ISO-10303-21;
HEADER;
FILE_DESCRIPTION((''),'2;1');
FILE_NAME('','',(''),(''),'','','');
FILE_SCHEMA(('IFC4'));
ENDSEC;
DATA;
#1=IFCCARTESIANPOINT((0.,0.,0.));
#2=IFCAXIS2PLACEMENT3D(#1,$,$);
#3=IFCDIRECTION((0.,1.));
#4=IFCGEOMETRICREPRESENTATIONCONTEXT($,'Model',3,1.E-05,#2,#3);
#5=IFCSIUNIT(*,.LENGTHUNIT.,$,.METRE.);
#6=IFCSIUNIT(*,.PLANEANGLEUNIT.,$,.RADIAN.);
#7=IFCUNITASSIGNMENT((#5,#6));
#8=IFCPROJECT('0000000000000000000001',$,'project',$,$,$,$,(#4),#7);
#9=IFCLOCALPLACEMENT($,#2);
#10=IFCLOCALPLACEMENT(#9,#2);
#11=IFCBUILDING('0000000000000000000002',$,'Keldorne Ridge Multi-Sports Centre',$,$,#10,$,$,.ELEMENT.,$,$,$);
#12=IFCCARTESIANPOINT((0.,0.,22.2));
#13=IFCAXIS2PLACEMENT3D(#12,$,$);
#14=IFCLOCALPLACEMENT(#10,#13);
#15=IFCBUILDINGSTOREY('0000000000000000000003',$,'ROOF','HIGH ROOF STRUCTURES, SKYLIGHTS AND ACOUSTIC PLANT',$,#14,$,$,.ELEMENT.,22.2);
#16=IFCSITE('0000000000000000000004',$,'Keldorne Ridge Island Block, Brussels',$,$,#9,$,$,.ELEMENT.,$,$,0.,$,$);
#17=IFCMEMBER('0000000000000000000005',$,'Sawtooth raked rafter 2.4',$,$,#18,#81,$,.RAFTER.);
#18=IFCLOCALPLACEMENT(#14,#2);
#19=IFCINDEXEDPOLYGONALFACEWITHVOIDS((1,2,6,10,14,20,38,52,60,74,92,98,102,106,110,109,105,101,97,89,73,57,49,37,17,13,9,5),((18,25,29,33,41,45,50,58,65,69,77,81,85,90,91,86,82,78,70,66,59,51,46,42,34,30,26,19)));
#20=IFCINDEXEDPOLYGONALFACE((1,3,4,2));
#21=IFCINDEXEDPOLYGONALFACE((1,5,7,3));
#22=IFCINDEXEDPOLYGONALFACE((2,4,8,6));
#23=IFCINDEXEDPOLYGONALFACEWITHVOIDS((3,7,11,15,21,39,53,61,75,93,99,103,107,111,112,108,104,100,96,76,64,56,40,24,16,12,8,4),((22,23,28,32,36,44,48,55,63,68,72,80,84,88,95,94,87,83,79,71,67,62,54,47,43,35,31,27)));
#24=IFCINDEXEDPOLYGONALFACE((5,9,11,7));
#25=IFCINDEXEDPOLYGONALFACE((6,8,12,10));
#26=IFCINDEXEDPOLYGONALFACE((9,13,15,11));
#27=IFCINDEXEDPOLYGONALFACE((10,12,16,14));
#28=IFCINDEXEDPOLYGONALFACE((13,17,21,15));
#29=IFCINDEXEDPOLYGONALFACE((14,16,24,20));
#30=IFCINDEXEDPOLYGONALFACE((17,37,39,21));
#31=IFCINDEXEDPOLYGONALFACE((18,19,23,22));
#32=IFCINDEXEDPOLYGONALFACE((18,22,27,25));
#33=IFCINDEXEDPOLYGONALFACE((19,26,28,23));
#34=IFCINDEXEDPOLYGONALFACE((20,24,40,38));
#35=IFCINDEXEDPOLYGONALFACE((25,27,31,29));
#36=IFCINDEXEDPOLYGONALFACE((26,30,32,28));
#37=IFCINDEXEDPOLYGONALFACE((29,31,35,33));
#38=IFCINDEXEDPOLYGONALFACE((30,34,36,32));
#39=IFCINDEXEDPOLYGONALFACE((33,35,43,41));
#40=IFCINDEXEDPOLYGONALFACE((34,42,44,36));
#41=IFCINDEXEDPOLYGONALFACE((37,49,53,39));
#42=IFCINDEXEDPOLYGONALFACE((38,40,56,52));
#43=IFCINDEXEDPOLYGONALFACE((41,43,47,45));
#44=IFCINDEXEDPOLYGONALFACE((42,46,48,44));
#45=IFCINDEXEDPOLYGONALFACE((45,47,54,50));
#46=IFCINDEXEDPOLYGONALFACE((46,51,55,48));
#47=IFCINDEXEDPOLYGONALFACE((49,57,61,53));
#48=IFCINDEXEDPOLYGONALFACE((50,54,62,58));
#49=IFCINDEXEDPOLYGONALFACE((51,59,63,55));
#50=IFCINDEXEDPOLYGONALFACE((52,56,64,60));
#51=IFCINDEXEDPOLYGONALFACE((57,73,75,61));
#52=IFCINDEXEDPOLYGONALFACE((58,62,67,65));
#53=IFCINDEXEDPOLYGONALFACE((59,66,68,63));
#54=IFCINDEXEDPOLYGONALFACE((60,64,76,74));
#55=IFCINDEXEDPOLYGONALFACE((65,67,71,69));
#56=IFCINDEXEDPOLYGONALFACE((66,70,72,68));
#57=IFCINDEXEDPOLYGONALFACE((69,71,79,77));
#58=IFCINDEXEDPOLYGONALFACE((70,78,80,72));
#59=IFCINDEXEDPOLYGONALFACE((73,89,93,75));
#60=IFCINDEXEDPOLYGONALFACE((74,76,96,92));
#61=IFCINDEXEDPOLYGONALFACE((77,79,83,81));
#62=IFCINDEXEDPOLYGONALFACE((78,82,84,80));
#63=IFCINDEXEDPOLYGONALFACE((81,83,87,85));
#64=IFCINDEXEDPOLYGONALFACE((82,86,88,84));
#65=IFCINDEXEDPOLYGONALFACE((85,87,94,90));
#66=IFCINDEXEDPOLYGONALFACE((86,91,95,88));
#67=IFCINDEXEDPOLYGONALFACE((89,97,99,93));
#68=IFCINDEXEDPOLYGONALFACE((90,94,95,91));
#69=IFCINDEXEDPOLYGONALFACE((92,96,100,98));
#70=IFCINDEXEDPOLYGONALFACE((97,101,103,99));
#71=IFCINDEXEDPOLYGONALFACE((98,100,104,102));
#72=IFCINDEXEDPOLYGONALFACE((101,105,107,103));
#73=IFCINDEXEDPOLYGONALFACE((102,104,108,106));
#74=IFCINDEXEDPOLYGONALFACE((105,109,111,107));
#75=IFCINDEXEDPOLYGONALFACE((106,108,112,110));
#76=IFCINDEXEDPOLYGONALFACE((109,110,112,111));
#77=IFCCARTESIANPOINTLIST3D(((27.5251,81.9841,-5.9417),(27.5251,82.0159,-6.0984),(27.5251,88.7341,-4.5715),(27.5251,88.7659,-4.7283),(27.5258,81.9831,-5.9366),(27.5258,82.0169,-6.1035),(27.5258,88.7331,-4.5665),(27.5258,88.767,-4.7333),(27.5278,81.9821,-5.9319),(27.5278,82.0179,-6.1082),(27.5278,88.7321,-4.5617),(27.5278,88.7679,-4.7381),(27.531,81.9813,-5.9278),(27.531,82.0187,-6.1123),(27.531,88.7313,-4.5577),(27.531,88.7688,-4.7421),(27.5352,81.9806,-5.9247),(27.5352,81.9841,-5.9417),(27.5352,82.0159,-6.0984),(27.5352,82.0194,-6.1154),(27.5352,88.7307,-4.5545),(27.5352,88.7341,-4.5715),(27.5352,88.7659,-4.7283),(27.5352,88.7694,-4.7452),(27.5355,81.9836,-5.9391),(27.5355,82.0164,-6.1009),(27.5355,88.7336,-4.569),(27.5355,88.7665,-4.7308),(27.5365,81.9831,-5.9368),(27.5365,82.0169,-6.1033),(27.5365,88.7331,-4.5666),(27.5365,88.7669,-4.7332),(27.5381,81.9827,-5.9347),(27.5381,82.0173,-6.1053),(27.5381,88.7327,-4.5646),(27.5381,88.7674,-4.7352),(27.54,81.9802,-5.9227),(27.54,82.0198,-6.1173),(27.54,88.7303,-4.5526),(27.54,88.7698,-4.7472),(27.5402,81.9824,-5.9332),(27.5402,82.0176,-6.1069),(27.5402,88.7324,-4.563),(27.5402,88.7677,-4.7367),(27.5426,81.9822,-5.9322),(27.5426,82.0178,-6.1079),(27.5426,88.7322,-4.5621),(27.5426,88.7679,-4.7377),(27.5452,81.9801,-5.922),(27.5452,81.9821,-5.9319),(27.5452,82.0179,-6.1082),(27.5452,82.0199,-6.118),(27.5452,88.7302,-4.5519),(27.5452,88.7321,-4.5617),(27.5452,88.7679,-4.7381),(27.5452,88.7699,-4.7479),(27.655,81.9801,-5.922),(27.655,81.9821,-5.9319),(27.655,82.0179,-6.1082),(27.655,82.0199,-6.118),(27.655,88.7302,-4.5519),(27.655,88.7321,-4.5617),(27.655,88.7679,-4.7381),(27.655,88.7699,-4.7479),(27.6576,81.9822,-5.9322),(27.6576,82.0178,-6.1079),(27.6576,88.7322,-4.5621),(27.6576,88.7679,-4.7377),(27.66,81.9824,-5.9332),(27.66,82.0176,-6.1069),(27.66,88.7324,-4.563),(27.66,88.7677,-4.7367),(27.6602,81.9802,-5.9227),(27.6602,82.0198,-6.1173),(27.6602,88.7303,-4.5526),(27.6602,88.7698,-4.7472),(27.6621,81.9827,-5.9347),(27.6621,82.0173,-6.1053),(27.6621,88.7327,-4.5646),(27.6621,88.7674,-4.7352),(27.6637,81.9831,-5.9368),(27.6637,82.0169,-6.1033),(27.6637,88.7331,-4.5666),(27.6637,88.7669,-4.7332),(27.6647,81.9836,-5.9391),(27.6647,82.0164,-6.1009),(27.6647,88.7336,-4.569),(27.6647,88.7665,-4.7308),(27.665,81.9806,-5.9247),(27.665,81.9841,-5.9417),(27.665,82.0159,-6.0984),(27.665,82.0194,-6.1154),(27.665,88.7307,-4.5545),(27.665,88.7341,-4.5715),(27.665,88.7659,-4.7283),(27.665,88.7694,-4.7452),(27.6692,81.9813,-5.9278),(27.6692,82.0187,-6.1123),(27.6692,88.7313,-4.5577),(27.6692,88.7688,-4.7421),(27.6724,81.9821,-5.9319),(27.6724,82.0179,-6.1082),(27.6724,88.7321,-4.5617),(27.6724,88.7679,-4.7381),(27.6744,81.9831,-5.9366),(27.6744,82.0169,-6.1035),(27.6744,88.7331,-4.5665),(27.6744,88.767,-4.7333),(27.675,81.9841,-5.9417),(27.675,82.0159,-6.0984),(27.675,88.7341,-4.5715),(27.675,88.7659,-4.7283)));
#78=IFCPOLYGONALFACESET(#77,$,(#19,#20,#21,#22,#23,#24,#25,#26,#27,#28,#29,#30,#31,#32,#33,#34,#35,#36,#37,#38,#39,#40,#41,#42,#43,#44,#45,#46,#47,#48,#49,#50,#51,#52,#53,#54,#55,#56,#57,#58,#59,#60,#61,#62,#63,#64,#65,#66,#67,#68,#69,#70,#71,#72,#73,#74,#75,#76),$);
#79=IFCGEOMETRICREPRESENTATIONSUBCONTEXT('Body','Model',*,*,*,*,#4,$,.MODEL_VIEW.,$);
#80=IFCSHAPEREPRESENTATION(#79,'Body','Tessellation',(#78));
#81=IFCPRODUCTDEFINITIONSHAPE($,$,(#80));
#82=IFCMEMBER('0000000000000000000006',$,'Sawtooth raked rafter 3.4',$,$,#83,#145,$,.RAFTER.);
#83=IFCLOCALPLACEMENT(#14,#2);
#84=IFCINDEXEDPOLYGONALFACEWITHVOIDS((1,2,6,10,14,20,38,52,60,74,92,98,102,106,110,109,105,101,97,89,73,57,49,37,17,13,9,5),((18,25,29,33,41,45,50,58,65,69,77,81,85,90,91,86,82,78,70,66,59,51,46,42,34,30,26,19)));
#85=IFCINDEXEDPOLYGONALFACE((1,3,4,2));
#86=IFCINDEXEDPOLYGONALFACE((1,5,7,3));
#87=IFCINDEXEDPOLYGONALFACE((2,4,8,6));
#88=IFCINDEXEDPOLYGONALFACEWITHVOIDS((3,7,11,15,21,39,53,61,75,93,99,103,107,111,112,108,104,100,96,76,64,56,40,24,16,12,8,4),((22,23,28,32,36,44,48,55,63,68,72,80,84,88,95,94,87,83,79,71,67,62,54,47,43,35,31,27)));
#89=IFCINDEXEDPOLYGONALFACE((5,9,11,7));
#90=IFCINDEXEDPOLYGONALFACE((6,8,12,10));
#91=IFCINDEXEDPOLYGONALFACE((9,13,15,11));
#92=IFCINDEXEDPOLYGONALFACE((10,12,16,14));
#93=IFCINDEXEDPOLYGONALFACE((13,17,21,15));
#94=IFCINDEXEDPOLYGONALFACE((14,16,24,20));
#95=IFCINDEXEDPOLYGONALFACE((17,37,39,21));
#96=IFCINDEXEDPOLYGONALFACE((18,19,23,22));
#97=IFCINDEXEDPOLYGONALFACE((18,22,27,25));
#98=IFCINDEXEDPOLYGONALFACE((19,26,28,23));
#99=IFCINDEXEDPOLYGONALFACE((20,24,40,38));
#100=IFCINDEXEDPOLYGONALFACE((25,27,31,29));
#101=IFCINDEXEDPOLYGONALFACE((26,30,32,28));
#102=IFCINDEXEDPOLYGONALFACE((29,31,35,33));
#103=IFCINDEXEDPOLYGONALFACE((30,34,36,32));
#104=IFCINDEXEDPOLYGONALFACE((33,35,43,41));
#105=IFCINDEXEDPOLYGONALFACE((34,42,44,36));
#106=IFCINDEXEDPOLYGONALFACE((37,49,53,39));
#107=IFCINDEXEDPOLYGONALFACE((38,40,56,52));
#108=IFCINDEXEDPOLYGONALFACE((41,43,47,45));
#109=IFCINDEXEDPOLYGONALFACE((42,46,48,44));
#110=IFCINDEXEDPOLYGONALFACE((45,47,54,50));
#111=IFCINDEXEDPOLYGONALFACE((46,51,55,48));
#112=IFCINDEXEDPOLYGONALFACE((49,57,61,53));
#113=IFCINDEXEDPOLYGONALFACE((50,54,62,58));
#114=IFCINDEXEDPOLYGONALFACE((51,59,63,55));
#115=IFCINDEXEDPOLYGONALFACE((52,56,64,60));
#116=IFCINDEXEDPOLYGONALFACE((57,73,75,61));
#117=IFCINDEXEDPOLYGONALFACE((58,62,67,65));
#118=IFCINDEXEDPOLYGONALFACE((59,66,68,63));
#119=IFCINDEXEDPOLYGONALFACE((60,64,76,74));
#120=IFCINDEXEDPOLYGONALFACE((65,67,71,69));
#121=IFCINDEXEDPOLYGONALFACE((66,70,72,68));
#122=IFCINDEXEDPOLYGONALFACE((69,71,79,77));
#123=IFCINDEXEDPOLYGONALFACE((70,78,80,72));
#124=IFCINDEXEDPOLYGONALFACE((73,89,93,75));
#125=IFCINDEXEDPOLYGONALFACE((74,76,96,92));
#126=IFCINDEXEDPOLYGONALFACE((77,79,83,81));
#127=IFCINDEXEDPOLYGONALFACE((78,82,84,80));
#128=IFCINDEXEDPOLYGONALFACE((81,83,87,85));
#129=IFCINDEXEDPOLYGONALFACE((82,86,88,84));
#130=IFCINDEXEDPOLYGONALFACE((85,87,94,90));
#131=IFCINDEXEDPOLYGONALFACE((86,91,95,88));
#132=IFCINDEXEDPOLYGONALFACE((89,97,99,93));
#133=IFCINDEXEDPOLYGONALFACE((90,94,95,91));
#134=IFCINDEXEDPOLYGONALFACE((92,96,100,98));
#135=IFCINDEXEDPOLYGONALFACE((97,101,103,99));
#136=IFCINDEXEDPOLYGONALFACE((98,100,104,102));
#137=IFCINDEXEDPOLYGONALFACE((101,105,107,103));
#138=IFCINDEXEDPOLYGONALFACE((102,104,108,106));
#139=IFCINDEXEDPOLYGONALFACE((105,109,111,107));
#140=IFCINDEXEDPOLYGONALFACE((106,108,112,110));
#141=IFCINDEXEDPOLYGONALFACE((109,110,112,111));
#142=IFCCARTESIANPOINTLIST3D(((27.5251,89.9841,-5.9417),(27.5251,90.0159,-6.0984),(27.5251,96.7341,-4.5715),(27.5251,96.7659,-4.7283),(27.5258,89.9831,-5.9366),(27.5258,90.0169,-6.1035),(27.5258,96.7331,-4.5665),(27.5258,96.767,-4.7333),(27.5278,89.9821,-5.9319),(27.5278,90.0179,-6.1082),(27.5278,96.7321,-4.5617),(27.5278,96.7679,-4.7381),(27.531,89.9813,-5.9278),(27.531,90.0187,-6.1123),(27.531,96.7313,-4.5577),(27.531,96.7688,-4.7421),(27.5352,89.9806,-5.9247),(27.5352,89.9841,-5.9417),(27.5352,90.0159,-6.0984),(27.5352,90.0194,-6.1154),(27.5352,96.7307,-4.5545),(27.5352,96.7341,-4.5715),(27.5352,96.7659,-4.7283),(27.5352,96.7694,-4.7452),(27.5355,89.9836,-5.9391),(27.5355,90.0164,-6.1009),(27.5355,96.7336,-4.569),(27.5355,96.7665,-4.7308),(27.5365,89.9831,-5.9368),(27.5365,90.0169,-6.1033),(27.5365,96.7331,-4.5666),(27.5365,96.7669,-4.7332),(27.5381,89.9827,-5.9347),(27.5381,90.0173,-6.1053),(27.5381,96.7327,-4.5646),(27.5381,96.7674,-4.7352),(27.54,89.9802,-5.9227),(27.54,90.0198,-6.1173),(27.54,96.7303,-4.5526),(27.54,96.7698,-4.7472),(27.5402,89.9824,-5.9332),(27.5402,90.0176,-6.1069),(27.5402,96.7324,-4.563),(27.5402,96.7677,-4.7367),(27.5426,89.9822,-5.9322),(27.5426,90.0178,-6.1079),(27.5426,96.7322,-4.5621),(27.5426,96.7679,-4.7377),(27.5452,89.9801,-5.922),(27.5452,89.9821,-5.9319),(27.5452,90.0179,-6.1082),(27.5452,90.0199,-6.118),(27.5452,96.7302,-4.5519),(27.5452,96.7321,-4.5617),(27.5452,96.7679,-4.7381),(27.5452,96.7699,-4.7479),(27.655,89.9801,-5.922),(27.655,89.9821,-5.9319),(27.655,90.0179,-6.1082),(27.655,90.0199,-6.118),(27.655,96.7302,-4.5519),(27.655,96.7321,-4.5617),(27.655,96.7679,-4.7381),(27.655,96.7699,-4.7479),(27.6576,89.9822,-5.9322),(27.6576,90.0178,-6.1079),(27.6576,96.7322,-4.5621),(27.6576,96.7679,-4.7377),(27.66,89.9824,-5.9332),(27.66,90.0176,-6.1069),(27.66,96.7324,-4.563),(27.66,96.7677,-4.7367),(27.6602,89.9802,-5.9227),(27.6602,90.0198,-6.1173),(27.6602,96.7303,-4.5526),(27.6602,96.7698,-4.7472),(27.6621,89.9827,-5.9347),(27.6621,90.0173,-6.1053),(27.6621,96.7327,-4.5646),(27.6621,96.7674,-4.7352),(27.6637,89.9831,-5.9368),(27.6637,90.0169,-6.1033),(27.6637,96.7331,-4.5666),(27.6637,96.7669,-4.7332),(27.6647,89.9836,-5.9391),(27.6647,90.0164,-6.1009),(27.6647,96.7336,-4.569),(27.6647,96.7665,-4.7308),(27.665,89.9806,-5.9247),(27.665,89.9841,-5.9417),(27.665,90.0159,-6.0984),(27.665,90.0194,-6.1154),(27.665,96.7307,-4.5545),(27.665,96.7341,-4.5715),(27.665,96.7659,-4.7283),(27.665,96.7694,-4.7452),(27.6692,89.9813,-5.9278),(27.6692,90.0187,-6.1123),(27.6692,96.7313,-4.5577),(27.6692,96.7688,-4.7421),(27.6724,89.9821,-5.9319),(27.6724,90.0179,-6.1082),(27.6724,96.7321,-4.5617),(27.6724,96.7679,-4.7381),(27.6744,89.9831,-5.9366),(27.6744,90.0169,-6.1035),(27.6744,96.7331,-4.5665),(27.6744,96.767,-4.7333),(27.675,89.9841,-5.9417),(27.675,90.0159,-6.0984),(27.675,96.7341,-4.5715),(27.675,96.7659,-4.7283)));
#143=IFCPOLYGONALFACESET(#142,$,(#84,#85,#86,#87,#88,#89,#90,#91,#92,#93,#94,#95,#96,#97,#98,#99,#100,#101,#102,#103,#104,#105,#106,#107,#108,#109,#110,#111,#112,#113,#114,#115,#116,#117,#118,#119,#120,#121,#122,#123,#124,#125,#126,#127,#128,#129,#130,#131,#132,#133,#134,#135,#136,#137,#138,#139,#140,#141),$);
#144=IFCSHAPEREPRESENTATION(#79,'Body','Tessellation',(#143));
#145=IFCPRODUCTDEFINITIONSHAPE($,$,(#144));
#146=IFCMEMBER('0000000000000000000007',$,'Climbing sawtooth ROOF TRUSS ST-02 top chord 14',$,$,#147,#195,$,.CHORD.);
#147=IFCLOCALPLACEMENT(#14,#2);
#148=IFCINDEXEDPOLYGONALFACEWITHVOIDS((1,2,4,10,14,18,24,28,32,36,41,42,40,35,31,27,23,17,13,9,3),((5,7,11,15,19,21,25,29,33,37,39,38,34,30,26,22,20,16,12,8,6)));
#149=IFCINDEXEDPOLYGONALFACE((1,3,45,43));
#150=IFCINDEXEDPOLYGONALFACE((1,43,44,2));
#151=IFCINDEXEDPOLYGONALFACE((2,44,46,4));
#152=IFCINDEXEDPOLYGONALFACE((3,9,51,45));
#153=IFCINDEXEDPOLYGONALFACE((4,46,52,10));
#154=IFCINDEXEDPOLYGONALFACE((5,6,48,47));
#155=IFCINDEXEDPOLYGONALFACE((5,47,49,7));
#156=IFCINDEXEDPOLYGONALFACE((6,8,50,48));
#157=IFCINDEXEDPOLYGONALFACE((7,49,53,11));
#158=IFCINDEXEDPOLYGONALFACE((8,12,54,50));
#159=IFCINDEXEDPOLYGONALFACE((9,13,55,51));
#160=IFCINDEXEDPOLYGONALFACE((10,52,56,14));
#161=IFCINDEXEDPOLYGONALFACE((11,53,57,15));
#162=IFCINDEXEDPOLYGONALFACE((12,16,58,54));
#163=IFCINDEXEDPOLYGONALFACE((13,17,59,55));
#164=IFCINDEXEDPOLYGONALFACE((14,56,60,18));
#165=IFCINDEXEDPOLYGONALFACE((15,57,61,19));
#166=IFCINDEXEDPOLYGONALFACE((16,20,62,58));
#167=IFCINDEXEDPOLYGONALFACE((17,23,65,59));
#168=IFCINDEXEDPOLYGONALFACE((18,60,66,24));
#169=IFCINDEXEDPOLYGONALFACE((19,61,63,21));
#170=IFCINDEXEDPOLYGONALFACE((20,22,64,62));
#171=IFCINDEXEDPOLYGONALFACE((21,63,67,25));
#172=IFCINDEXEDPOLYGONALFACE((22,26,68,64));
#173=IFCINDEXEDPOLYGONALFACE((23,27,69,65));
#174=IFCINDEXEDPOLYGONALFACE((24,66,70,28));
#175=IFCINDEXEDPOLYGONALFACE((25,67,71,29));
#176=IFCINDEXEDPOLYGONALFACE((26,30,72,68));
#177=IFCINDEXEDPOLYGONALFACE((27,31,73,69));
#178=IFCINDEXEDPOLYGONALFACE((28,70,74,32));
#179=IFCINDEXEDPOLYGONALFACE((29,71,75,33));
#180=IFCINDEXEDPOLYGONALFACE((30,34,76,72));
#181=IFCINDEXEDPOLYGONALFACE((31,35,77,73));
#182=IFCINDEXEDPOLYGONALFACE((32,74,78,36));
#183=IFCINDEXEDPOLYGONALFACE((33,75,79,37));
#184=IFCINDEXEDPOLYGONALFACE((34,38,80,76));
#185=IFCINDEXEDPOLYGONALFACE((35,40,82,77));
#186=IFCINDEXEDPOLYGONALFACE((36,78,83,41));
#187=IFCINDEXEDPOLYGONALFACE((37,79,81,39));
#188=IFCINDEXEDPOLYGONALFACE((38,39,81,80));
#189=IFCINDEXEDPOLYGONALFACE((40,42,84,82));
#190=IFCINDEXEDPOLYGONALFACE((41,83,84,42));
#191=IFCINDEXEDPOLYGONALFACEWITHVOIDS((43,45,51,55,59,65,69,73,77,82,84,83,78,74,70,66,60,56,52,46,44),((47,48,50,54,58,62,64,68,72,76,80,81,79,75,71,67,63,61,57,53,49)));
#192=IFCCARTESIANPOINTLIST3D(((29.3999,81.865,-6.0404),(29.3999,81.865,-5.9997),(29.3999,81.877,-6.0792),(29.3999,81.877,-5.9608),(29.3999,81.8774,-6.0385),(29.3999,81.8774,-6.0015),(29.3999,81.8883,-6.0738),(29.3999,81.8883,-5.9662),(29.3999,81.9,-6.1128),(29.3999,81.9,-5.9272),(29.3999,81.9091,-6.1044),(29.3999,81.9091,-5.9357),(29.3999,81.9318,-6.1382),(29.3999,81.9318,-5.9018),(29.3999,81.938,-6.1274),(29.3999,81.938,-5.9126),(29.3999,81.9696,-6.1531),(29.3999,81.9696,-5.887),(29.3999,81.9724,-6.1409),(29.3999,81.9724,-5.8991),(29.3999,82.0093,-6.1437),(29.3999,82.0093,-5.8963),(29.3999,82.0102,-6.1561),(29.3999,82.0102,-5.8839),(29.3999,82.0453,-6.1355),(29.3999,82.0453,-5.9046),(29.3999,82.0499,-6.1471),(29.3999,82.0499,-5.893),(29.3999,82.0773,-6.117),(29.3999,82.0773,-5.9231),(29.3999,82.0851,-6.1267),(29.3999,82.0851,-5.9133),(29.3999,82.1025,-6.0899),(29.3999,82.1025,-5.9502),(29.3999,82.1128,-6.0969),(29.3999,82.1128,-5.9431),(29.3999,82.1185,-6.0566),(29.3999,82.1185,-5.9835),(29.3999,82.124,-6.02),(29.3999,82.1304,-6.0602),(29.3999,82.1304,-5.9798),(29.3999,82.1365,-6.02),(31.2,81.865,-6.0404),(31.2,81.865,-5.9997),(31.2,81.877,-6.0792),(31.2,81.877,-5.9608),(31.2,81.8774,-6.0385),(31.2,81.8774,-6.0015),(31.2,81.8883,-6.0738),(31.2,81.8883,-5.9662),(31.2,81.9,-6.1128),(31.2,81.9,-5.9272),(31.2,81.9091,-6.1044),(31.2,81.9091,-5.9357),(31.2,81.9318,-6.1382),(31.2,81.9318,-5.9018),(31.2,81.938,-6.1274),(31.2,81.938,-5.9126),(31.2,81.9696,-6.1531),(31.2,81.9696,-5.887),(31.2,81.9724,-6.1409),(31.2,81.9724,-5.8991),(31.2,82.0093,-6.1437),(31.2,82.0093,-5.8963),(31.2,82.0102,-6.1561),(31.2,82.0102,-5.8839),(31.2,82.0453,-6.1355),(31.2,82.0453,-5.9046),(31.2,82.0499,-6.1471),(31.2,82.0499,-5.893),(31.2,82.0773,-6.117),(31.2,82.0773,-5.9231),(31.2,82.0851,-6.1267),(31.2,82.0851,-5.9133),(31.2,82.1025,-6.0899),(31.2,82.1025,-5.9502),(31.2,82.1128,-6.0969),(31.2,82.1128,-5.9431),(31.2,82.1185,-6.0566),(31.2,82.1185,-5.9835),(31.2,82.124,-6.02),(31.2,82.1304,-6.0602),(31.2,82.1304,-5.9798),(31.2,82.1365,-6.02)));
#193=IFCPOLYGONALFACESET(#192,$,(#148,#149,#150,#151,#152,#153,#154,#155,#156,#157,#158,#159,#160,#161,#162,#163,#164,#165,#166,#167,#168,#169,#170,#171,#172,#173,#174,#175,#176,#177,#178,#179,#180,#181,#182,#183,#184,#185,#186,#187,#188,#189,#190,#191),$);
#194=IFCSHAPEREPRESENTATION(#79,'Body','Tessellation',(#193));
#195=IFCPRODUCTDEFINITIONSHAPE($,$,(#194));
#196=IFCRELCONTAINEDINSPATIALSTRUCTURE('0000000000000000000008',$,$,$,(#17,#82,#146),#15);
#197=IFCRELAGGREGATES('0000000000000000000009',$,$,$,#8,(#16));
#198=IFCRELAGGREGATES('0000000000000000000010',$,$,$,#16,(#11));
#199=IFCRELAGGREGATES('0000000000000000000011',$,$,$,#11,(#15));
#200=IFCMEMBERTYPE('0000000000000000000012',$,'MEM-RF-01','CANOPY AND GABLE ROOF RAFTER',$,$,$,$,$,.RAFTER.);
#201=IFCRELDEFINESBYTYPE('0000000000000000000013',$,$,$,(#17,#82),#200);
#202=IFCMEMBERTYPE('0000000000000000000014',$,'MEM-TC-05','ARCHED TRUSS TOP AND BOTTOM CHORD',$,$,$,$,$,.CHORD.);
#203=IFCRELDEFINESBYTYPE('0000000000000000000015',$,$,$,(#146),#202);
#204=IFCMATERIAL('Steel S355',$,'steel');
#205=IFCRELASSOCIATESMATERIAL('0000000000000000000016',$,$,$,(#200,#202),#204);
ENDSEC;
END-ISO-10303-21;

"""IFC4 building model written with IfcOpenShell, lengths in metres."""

from ifc_helpers import new_model, si_unit, direction, frame, origin, origin_2d, place, context, subcontext, project, spatial, hollow_rectangle, hollow_circle, extrude, material, material_profile, profile_set, type_object, element, save


model = new_model("IFC4")

# Units and contexts
model_context = context("Model", 3, precision=1e-05, world=origin(), true_north=direction((0.0, 1.0)))
body_context = subcontext(model_context, "Body", "Model", "MODEL_VIEW")
ifc_project = project(units=[si_unit("LENGTHUNIT", "METRE"), si_unit("PLANEANGLEUNIT", "RADIAN")], contexts=[model_context])

# Site, building, storey
site_placement = place(None, origin())
site = spatial("IfcSite", under=ifc_project, at=site_placement, Name="Keldorne Ridge Island Block, Brussels", CompositionType="ELEMENT", RefElevation=0.0)
building_placement = place(site_placement, origin())
building = spatial("IfcBuilding", under=site, at=building_placement, Name="Keldorne Ridge Multi-Sports Centre", CompositionType="ELEMENT")
storey_placement = place(building_placement, frame((0.0, 0.0, 22.2)))
storey = spatial("IfcBuildingStorey", under=building, at=storey_placement, Name="ROOF", Description="HIGH ROOF STRUCTURES, SKYLIGHTS AND ACOUSTIC PLANT", CompositionType="ELEMENT", Elevation=22.2)

# Shared definitions
ifc_material_1 = material(Name="Steel S355", Category="steel")

# Members
ifc_material_profile_1 = material_profile(ifc_material_1, hollow_rectangle(XDim=0.1499, YDim=0.2, WallThickness=0.01, InnerFilletRadius=0.01, OuterFilletRadius=0.02, at=origin_2d()), Name="RHS 200x150x10")
ifc_profile_set_1 = profile_set([ifc_material_profile_1], Name="Steel S355")
member_type_1 = type_object("IfcMemberType", Name="MEM-RF-01", Description="CANOPY AND GABLE ROOF RAFTER", PredefinedType="RAFTER", material=ifc_profile_set_1)
for number, where, z_axis, x_axis, name in (
    (1, (27.6001, 82.0, -6.02), (0.0, 0.980015, 0.198924), (-1.0, 0.0, 0.0), "Sawtooth raked rafter 2.4"),
    (2, (27.6001, 90.0, -6.02), (0.0, 0.980015, 0.198924), (-1.0, 0.0, 0.0), "Sawtooth raked rafter 3.4"),
):
    element("IfcMember", number, at=place(storey_placement, frame(where, z_axis=z_axis, x_axis=x_axis)), inside=storey, type_object=member_type_1, Name=name, PredefinedType="RAFTER", context=body_context, shape_type="SweptSolid", body=[
        extrude(hollow_rectangle(XDim=0.1499, YDim=0.2, WallThickness=0.01, InnerFilletRadius=0.01, OuterFilletRadius=0.02, at=origin_2d()), origin(), (0.0, 0.0, 1.0), 6.8877),
    ])
ifc_material_profile_2 = material_profile(ifc_material_1, hollow_circle(Radius=0.1365, WallThickness=0.0125, at=origin_2d()), Name="CHS 273x12.5")
ifc_profile_set_2 = profile_set([ifc_material_profile_2], Name="Steel S355")
member_type_2 = type_object("IfcMemberType", Name="MEM-TC-05", Description="ARCHED TRUSS TOP AND BOTTOM CHORD", PredefinedType="CHORD", material=ifc_profile_set_2)
for number, where, z_axis, x_axis, name in (
    (3, (29.3999, 82.0, -6.02), (1.0, 0.0, 0.0), (0.0, 1.0, 0.0), "Climbing sawtooth ROOF TRUSS ST-02 top chord 14"),
):
    element("IfcMember", number, at=place(storey_placement, frame(where, z_axis=z_axis, x_axis=x_axis)), inside=storey, type_object=member_type_2, Name=name, PredefinedType="CHORD", context=body_context, shape_type="SweptSolid", body=[
        extrude(hollow_circle(Radius=0.1365, WallThickness=0.0125, at=origin_2d()), origin(), (0.0, 0.0, 1.0), 1.8),
    ])

save(model, "model.ifc")
